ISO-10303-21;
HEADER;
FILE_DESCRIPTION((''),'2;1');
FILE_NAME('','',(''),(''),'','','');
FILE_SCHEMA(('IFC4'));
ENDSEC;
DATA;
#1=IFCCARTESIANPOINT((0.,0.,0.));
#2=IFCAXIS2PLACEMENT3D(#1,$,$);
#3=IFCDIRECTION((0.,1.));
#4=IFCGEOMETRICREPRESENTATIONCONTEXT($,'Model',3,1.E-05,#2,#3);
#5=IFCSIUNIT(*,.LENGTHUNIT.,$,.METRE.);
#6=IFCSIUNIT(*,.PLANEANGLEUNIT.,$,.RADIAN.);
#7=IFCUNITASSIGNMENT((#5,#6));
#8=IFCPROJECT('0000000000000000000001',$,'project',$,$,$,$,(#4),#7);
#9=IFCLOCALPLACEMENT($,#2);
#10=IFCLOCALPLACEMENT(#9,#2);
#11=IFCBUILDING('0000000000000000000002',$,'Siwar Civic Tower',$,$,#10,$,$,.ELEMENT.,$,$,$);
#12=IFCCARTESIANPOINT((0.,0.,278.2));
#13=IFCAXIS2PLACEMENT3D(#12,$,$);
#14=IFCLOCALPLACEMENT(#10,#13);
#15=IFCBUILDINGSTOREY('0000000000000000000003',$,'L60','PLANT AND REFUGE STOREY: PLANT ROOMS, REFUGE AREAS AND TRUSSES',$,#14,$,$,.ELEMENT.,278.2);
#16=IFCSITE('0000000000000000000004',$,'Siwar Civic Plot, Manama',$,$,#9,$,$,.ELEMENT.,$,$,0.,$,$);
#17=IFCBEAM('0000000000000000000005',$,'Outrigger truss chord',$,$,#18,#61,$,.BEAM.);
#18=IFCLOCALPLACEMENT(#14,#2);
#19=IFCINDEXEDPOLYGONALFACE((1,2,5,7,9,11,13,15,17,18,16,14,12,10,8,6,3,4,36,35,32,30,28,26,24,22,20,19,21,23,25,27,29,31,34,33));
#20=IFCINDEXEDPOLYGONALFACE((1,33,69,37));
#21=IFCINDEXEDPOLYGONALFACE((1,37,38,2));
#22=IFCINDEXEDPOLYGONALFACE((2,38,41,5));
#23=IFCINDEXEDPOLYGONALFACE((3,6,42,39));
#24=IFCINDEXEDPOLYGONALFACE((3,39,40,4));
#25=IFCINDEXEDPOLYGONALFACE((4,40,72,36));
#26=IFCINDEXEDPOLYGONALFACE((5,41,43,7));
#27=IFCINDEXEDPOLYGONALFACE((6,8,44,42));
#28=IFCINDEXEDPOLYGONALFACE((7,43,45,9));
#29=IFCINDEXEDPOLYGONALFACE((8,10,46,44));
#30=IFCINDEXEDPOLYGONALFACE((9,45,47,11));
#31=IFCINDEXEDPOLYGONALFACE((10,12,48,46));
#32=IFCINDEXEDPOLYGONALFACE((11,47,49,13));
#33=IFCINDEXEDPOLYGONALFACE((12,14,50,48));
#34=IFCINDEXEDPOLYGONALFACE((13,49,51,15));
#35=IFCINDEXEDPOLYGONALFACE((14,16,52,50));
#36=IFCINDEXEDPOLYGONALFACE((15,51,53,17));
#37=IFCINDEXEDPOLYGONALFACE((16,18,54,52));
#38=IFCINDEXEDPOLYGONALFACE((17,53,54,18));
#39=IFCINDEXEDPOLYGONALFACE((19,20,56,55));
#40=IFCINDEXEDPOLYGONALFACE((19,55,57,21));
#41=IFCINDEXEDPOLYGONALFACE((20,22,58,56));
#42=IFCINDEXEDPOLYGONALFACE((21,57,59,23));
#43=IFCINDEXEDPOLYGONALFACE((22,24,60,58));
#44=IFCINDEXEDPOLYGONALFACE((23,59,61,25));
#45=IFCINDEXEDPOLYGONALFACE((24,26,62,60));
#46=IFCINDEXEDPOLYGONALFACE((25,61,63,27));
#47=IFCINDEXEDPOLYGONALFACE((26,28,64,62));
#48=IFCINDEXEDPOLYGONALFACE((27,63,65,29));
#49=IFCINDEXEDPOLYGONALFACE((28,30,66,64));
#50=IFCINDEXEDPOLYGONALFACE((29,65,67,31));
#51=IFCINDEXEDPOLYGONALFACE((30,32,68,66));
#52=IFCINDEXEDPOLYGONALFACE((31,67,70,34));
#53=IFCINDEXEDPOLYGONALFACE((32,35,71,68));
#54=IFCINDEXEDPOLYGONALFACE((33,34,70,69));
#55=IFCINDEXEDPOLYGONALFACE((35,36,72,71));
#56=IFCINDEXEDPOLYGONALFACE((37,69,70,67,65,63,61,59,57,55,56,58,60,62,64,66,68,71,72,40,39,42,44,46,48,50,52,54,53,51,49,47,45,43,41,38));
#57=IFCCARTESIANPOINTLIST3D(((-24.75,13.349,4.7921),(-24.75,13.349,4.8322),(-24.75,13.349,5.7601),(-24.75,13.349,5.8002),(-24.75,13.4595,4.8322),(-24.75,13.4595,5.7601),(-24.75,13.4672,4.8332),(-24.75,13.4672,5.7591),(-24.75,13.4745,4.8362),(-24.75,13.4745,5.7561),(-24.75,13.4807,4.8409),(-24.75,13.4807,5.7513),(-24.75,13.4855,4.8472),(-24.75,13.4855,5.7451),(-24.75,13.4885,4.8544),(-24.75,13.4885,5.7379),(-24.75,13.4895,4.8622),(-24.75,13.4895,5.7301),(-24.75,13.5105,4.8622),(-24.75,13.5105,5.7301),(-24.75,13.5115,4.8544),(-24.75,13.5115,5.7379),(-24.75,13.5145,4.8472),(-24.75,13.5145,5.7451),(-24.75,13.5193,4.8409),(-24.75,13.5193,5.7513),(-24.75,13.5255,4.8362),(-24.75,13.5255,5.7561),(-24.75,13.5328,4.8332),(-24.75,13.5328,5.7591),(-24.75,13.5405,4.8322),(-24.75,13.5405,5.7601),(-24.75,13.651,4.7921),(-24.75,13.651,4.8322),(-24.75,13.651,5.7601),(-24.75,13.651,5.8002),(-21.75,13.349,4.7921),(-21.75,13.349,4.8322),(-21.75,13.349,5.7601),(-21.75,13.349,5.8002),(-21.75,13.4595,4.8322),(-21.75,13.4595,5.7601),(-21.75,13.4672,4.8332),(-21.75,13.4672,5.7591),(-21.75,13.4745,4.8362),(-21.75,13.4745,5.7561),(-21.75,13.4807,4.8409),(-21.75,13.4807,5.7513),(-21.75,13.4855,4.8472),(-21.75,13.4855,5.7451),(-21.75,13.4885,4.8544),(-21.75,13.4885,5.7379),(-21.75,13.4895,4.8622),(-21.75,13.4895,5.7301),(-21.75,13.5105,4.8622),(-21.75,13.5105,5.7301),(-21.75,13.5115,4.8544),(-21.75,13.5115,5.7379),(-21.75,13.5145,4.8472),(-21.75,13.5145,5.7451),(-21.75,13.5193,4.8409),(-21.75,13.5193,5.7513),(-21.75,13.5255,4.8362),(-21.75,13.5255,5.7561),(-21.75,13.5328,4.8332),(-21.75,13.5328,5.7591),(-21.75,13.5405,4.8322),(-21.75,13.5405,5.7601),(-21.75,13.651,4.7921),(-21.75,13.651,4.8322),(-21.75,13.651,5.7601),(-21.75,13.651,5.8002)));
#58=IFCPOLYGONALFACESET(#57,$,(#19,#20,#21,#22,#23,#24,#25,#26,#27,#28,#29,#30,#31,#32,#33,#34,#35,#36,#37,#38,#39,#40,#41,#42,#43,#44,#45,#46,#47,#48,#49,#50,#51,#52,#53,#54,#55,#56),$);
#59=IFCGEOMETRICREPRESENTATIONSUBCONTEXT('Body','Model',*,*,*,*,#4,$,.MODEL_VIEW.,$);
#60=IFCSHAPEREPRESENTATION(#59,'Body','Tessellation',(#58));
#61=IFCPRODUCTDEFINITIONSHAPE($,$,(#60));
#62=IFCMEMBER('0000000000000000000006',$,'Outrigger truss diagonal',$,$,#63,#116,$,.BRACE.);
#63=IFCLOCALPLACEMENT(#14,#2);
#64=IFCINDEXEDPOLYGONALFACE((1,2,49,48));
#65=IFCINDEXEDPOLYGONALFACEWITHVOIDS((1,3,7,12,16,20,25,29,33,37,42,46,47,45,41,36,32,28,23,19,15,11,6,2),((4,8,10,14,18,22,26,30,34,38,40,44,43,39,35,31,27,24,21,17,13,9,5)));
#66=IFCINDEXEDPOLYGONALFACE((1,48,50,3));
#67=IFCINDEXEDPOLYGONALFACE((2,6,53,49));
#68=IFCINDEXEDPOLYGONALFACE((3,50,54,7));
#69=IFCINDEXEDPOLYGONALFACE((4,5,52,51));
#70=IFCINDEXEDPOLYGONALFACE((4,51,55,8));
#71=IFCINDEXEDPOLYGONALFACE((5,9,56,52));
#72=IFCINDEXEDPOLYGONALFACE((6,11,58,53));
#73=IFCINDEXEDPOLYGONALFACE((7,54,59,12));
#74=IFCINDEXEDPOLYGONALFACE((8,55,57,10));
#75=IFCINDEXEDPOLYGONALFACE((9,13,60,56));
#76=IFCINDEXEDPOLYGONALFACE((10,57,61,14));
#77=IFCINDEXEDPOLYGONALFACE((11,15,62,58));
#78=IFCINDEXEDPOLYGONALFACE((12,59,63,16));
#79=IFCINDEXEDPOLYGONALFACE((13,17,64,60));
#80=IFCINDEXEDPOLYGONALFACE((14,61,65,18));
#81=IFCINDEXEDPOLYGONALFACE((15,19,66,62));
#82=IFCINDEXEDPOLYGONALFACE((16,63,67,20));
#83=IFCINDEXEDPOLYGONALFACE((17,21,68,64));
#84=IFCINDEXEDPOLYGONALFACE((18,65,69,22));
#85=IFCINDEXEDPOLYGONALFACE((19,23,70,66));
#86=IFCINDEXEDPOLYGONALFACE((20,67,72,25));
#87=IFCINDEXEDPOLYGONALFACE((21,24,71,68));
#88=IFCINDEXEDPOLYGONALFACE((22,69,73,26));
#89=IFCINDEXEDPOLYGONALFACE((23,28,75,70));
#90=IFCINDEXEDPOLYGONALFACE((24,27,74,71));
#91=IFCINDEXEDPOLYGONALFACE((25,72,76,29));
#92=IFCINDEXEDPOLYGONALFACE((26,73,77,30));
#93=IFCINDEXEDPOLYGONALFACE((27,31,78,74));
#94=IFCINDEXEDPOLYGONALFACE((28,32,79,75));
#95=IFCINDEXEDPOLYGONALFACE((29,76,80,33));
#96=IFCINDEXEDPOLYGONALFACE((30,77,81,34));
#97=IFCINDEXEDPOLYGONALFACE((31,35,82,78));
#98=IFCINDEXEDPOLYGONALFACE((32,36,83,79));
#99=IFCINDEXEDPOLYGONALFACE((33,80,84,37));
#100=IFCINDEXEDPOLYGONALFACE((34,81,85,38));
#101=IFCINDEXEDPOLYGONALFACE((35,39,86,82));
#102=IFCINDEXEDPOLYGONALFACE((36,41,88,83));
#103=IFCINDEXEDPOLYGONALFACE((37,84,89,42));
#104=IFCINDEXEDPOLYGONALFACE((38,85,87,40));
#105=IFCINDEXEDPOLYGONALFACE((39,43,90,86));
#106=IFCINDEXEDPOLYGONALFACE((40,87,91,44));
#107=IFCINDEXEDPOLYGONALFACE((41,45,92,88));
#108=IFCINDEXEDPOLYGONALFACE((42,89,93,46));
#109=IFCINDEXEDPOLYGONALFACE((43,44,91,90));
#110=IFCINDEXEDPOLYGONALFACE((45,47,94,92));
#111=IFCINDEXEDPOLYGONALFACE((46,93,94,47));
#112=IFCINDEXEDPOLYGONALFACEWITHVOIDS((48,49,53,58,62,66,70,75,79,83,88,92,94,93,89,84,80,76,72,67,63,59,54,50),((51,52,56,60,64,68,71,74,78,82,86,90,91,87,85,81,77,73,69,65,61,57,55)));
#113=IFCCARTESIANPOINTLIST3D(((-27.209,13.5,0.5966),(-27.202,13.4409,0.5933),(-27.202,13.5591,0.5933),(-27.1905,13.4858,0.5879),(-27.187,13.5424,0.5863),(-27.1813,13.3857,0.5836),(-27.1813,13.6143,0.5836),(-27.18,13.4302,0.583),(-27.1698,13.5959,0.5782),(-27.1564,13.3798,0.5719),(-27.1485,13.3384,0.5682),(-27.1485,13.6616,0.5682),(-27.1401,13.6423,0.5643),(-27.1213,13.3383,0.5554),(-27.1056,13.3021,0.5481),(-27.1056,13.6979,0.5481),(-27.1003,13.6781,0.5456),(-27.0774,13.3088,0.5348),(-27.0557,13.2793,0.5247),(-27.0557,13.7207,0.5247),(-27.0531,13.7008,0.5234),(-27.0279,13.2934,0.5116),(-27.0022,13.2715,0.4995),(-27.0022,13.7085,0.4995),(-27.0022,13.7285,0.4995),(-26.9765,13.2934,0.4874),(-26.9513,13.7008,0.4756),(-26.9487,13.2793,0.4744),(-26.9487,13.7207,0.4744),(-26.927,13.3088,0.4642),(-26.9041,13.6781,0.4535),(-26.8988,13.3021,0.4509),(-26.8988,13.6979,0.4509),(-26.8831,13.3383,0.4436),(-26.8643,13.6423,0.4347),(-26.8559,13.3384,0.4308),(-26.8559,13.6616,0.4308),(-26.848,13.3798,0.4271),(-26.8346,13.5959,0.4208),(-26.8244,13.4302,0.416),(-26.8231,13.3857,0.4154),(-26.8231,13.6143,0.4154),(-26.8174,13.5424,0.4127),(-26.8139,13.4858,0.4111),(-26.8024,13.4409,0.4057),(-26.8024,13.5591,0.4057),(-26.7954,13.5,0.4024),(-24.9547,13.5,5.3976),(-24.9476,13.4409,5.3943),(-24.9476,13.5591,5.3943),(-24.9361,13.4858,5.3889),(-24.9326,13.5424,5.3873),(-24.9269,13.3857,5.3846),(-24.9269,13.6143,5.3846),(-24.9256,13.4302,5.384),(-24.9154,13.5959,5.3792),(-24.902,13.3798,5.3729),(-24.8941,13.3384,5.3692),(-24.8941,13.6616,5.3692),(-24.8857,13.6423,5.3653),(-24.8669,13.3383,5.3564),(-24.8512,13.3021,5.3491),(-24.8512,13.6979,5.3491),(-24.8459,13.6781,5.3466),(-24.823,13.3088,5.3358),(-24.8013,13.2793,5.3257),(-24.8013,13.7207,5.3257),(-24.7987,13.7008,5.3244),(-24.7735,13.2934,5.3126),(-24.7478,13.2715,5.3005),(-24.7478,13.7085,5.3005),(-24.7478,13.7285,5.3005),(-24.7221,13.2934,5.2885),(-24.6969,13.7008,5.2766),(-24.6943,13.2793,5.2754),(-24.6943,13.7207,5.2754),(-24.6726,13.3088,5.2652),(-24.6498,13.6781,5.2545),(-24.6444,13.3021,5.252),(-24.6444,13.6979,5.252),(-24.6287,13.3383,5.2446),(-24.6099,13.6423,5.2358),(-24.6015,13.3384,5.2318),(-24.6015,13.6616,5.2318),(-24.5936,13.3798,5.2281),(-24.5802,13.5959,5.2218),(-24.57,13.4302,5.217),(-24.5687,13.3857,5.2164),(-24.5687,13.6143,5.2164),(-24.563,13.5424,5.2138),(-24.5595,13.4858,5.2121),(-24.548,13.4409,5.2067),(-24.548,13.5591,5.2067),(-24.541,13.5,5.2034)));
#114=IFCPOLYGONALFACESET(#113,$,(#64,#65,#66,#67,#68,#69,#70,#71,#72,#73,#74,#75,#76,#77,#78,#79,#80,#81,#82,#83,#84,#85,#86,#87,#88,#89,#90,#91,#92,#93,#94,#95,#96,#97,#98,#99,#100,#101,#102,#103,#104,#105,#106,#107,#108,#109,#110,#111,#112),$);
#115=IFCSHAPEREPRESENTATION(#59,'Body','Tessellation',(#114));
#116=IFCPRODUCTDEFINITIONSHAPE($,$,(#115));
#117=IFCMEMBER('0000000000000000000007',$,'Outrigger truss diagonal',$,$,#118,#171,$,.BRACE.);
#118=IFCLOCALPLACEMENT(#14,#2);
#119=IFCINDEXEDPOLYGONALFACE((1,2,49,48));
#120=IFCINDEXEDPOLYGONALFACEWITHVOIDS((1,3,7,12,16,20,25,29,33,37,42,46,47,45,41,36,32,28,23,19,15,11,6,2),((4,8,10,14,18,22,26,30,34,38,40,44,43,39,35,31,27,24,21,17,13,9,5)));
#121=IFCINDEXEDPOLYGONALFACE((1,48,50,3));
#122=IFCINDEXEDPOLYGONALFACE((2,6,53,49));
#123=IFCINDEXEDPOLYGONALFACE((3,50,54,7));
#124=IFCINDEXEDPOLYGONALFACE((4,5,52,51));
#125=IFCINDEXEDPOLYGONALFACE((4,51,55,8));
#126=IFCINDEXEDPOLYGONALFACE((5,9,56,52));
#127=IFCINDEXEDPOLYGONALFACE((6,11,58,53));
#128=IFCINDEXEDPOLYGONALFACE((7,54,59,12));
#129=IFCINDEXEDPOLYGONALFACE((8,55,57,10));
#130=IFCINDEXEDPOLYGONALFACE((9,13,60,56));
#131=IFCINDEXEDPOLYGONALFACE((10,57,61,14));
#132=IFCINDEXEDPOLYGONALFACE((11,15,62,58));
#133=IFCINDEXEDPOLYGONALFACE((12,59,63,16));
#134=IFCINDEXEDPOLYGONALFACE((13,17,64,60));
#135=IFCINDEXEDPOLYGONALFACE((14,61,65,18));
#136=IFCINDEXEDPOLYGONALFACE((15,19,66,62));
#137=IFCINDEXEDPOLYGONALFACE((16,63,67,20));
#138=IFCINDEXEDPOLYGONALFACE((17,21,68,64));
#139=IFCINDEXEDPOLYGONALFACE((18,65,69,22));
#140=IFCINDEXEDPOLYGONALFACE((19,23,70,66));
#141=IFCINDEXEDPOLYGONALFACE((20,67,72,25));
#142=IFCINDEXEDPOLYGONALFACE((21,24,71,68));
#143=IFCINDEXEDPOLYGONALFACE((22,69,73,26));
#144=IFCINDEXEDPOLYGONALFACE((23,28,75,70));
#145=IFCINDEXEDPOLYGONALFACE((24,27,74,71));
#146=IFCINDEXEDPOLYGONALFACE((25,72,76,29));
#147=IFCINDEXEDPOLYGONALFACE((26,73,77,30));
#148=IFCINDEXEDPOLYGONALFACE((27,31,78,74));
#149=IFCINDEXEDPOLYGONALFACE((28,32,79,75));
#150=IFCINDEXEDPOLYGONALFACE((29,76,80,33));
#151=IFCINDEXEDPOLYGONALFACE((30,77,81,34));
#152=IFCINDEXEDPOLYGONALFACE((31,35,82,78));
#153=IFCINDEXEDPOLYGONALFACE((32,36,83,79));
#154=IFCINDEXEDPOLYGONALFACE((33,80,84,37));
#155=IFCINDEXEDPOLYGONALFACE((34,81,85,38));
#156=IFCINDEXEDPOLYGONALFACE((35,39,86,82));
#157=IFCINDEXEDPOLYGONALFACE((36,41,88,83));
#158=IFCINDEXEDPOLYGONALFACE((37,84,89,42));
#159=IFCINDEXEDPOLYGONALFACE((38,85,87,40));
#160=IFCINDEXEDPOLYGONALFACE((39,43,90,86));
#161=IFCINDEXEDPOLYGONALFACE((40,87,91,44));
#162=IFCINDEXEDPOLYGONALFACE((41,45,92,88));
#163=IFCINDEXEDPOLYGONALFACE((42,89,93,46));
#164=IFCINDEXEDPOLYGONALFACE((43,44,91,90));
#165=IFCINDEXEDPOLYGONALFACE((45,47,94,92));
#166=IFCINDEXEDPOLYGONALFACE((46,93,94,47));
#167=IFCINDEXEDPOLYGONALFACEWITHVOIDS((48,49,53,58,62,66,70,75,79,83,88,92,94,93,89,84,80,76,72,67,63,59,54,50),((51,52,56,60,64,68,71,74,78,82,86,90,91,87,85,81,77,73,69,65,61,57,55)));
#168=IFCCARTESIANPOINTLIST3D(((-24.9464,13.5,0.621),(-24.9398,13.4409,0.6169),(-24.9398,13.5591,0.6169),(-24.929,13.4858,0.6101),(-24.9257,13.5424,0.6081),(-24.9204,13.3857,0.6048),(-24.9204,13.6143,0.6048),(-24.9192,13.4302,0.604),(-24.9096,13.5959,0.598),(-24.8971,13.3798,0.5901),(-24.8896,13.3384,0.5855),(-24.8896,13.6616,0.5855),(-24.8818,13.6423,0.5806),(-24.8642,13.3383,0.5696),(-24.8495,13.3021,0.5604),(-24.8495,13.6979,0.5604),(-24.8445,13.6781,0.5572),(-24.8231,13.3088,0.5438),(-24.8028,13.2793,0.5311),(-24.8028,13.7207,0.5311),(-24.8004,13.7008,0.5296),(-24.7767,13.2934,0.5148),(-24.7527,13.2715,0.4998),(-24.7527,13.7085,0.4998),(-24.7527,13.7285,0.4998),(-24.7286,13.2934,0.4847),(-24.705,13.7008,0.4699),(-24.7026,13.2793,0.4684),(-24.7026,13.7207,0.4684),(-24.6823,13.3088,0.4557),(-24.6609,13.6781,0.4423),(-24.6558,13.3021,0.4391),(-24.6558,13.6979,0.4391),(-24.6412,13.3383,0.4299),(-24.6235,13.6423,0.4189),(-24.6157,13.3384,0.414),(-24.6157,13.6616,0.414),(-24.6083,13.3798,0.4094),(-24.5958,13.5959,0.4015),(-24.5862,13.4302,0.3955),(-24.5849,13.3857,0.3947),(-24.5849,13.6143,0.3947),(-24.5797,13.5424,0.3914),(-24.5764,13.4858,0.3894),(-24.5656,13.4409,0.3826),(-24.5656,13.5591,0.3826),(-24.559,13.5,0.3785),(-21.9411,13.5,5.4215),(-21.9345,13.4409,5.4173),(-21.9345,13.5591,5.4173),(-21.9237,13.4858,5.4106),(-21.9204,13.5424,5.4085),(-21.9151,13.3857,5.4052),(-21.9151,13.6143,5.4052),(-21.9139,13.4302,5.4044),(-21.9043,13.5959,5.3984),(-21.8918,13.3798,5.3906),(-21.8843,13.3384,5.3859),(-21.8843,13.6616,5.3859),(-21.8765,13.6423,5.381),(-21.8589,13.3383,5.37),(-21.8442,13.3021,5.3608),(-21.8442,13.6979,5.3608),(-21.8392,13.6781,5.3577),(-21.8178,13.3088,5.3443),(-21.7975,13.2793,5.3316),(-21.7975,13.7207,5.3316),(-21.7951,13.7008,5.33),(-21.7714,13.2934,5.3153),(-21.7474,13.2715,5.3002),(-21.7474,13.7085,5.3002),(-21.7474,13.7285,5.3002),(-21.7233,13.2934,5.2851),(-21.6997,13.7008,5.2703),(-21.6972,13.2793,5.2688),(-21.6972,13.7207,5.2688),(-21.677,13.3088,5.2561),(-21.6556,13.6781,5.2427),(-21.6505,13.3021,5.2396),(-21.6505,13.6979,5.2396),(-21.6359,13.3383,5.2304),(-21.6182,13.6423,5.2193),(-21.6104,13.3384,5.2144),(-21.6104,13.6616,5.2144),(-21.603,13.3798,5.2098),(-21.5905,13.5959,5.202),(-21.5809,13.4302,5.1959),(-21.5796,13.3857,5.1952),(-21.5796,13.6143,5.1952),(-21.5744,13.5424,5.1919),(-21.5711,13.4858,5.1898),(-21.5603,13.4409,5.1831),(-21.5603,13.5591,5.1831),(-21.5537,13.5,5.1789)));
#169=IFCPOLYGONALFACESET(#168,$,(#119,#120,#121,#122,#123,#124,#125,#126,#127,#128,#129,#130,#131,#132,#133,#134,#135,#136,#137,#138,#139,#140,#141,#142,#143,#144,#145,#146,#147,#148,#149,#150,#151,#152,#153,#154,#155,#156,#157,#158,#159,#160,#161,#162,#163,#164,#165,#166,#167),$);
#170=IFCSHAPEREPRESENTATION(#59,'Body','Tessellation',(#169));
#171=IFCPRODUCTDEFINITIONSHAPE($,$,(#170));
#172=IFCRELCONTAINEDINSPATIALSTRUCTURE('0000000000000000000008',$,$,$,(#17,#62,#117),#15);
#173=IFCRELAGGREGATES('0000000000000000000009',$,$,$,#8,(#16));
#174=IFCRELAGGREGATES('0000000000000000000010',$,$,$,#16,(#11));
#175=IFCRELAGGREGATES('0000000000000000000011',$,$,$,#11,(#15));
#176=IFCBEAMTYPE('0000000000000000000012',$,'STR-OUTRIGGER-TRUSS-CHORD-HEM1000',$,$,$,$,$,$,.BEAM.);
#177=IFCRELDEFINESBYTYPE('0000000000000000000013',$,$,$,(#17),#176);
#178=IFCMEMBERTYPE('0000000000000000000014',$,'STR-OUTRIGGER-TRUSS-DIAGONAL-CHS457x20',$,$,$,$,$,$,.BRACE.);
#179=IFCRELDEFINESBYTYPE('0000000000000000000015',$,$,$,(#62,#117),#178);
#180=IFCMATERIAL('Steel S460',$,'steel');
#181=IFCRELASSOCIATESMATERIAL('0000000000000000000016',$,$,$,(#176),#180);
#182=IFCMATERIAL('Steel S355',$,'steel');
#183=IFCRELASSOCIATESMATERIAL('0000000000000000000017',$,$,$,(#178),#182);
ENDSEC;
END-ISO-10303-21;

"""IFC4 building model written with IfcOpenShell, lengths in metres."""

from ifc_helpers import new_model, si_unit, direction, frame, origin, origin_2d, place, context, subcontext, project, spatial, hollow_circle, i_section, extrude, material, material_profile, profile_set, type_object, element, save


model = new_model("IFC4")

# Units and contexts
model_context = context("Model", 3, precision=1e-05, world=origin(), true_north=direction((0.0, 1.0)))
body_context = subcontext(model_context, "Body", "Model", "MODEL_VIEW")
ifc_project = project(units=[si_unit("LENGTHUNIT", "METRE"), si_unit("PLANEANGLEUNIT", "RADIAN")], contexts=[model_context])

# Site, building, storey
site_placement = place(None, origin())
site = spatial("IfcSite", under=ifc_project, at=site_placement, Name="Siwar Civic Plot, Manama", CompositionType="ELEMENT", RefElevation=0.0)
building_placement = place(site_placement, origin())
building = spatial("IfcBuilding", under=site, at=building_placement, Name="Siwar Civic Tower", CompositionType="ELEMENT")
storey_placement = place(building_placement, frame((0.0, 0.0, 278.2)))
storey = spatial("IfcBuildingStorey", under=building, at=storey_placement, Name="L60", Description="PLANT AND REFUGE STOREY: PLANT ROOMS, REFUGE AREAS AND TRUSSES", CompositionType="ELEMENT", Elevation=278.2)

# Beam
ifc_material_1 = material(Name="Steel S460", Category="steel")
ifc_material_profile_1 = material_profile(ifc_material_1, i_section(OverallWidth=0.302, OverallDepth=1.0081, WebThickness=0.021, FlangeThickness=0.04, FilletRadius=0.03, at=origin_2d()), Name="HEM1000")
ifc_profile_set_1 = profile_set([ifc_material_profile_1], Name="Steel S460")
beam_type_1 = type_object("IfcBeamType", Name="STR-OUTRIGGER-TRUSS-CHORD-HEM1000", PredefinedType="BEAM", material=ifc_profile_set_1)
for number, where, z_axis, x_axis, name in (
    (1, (-24.75, 13.5, 5.2961), (1.0, 0.0, 0.0), (0.0, 1.0, 0.0), "Outrigger truss chord"),
):
    element("IfcBeam", number, at=place(storey_placement, frame(where, z_axis=z_axis, x_axis=x_axis)), inside=storey, type_object=beam_type_1, Name=name, PredefinedType="BEAM", context=body_context, shape_type="SweptSolid", body=[
        extrude(i_section(OverallWidth=0.302, OverallDepth=1.0081, WebThickness=0.021, FlangeThickness=0.04, FilletRadius=0.03, at=origin_2d()), origin(), (0.0, 0.0, 1.0), 3.0),
    ])

# Members
ifc_material_2 = material(Name="Steel S355", Category="steel")
ifc_material_profile_2 = material_profile(ifc_material_2, hollow_circle(Radius=0.2285, WallThickness=0.02, at=origin_2d()), Name="CHS457x20")
ifc_profile_set_2 = profile_set([ifc_material_profile_2], Name="Steel S355")
member_type_1 = type_object("IfcMemberType", Name="STR-OUTRIGGER-TRUSS-DIAGONAL-CHS457x20", PredefinedType="BRACE", material=ifc_profile_set_2)
member_1_placement = place(storey_placement, frame((-27.0022, 13.5, 0.4995), z_axis=(0.425039, 0.0, 0.905175), x_axis=(0.0, 1.0, 0.0)))
element("IfcMember", 2, at=member_1_placement, inside=storey, type_object=member_type_1, Name="Outrigger truss diagonal", PredefinedType="BRACE", context=body_context, shape_type="SweptSolid", body=[
    extrude(hollow_circle(Radius=0.2285, WallThickness=0.02, at=origin_2d()), origin(), (0.0, 0.0, 1.0), 5.304),
])
member_2_placement = place(storey_placement, frame((-24.7527, 13.5, 0.4998), z_axis=(0.530638, 0.0, 0.847598), x_axis=(0.0, 1.0, 0.0)))
element("IfcMember", 3, at=member_2_placement, inside=storey, type_object=member_type_1, Name="Outrigger truss diagonal", PredefinedType="BRACE", context=body_context, shape_type="SweptSolid", body=[
    extrude(hollow_circle(Radius=0.2285, WallThickness=0.02, at=origin_2d()), origin(), (0.0, 0.0, 1.0), 5.6636),
])

save(model, "model.ifc")
